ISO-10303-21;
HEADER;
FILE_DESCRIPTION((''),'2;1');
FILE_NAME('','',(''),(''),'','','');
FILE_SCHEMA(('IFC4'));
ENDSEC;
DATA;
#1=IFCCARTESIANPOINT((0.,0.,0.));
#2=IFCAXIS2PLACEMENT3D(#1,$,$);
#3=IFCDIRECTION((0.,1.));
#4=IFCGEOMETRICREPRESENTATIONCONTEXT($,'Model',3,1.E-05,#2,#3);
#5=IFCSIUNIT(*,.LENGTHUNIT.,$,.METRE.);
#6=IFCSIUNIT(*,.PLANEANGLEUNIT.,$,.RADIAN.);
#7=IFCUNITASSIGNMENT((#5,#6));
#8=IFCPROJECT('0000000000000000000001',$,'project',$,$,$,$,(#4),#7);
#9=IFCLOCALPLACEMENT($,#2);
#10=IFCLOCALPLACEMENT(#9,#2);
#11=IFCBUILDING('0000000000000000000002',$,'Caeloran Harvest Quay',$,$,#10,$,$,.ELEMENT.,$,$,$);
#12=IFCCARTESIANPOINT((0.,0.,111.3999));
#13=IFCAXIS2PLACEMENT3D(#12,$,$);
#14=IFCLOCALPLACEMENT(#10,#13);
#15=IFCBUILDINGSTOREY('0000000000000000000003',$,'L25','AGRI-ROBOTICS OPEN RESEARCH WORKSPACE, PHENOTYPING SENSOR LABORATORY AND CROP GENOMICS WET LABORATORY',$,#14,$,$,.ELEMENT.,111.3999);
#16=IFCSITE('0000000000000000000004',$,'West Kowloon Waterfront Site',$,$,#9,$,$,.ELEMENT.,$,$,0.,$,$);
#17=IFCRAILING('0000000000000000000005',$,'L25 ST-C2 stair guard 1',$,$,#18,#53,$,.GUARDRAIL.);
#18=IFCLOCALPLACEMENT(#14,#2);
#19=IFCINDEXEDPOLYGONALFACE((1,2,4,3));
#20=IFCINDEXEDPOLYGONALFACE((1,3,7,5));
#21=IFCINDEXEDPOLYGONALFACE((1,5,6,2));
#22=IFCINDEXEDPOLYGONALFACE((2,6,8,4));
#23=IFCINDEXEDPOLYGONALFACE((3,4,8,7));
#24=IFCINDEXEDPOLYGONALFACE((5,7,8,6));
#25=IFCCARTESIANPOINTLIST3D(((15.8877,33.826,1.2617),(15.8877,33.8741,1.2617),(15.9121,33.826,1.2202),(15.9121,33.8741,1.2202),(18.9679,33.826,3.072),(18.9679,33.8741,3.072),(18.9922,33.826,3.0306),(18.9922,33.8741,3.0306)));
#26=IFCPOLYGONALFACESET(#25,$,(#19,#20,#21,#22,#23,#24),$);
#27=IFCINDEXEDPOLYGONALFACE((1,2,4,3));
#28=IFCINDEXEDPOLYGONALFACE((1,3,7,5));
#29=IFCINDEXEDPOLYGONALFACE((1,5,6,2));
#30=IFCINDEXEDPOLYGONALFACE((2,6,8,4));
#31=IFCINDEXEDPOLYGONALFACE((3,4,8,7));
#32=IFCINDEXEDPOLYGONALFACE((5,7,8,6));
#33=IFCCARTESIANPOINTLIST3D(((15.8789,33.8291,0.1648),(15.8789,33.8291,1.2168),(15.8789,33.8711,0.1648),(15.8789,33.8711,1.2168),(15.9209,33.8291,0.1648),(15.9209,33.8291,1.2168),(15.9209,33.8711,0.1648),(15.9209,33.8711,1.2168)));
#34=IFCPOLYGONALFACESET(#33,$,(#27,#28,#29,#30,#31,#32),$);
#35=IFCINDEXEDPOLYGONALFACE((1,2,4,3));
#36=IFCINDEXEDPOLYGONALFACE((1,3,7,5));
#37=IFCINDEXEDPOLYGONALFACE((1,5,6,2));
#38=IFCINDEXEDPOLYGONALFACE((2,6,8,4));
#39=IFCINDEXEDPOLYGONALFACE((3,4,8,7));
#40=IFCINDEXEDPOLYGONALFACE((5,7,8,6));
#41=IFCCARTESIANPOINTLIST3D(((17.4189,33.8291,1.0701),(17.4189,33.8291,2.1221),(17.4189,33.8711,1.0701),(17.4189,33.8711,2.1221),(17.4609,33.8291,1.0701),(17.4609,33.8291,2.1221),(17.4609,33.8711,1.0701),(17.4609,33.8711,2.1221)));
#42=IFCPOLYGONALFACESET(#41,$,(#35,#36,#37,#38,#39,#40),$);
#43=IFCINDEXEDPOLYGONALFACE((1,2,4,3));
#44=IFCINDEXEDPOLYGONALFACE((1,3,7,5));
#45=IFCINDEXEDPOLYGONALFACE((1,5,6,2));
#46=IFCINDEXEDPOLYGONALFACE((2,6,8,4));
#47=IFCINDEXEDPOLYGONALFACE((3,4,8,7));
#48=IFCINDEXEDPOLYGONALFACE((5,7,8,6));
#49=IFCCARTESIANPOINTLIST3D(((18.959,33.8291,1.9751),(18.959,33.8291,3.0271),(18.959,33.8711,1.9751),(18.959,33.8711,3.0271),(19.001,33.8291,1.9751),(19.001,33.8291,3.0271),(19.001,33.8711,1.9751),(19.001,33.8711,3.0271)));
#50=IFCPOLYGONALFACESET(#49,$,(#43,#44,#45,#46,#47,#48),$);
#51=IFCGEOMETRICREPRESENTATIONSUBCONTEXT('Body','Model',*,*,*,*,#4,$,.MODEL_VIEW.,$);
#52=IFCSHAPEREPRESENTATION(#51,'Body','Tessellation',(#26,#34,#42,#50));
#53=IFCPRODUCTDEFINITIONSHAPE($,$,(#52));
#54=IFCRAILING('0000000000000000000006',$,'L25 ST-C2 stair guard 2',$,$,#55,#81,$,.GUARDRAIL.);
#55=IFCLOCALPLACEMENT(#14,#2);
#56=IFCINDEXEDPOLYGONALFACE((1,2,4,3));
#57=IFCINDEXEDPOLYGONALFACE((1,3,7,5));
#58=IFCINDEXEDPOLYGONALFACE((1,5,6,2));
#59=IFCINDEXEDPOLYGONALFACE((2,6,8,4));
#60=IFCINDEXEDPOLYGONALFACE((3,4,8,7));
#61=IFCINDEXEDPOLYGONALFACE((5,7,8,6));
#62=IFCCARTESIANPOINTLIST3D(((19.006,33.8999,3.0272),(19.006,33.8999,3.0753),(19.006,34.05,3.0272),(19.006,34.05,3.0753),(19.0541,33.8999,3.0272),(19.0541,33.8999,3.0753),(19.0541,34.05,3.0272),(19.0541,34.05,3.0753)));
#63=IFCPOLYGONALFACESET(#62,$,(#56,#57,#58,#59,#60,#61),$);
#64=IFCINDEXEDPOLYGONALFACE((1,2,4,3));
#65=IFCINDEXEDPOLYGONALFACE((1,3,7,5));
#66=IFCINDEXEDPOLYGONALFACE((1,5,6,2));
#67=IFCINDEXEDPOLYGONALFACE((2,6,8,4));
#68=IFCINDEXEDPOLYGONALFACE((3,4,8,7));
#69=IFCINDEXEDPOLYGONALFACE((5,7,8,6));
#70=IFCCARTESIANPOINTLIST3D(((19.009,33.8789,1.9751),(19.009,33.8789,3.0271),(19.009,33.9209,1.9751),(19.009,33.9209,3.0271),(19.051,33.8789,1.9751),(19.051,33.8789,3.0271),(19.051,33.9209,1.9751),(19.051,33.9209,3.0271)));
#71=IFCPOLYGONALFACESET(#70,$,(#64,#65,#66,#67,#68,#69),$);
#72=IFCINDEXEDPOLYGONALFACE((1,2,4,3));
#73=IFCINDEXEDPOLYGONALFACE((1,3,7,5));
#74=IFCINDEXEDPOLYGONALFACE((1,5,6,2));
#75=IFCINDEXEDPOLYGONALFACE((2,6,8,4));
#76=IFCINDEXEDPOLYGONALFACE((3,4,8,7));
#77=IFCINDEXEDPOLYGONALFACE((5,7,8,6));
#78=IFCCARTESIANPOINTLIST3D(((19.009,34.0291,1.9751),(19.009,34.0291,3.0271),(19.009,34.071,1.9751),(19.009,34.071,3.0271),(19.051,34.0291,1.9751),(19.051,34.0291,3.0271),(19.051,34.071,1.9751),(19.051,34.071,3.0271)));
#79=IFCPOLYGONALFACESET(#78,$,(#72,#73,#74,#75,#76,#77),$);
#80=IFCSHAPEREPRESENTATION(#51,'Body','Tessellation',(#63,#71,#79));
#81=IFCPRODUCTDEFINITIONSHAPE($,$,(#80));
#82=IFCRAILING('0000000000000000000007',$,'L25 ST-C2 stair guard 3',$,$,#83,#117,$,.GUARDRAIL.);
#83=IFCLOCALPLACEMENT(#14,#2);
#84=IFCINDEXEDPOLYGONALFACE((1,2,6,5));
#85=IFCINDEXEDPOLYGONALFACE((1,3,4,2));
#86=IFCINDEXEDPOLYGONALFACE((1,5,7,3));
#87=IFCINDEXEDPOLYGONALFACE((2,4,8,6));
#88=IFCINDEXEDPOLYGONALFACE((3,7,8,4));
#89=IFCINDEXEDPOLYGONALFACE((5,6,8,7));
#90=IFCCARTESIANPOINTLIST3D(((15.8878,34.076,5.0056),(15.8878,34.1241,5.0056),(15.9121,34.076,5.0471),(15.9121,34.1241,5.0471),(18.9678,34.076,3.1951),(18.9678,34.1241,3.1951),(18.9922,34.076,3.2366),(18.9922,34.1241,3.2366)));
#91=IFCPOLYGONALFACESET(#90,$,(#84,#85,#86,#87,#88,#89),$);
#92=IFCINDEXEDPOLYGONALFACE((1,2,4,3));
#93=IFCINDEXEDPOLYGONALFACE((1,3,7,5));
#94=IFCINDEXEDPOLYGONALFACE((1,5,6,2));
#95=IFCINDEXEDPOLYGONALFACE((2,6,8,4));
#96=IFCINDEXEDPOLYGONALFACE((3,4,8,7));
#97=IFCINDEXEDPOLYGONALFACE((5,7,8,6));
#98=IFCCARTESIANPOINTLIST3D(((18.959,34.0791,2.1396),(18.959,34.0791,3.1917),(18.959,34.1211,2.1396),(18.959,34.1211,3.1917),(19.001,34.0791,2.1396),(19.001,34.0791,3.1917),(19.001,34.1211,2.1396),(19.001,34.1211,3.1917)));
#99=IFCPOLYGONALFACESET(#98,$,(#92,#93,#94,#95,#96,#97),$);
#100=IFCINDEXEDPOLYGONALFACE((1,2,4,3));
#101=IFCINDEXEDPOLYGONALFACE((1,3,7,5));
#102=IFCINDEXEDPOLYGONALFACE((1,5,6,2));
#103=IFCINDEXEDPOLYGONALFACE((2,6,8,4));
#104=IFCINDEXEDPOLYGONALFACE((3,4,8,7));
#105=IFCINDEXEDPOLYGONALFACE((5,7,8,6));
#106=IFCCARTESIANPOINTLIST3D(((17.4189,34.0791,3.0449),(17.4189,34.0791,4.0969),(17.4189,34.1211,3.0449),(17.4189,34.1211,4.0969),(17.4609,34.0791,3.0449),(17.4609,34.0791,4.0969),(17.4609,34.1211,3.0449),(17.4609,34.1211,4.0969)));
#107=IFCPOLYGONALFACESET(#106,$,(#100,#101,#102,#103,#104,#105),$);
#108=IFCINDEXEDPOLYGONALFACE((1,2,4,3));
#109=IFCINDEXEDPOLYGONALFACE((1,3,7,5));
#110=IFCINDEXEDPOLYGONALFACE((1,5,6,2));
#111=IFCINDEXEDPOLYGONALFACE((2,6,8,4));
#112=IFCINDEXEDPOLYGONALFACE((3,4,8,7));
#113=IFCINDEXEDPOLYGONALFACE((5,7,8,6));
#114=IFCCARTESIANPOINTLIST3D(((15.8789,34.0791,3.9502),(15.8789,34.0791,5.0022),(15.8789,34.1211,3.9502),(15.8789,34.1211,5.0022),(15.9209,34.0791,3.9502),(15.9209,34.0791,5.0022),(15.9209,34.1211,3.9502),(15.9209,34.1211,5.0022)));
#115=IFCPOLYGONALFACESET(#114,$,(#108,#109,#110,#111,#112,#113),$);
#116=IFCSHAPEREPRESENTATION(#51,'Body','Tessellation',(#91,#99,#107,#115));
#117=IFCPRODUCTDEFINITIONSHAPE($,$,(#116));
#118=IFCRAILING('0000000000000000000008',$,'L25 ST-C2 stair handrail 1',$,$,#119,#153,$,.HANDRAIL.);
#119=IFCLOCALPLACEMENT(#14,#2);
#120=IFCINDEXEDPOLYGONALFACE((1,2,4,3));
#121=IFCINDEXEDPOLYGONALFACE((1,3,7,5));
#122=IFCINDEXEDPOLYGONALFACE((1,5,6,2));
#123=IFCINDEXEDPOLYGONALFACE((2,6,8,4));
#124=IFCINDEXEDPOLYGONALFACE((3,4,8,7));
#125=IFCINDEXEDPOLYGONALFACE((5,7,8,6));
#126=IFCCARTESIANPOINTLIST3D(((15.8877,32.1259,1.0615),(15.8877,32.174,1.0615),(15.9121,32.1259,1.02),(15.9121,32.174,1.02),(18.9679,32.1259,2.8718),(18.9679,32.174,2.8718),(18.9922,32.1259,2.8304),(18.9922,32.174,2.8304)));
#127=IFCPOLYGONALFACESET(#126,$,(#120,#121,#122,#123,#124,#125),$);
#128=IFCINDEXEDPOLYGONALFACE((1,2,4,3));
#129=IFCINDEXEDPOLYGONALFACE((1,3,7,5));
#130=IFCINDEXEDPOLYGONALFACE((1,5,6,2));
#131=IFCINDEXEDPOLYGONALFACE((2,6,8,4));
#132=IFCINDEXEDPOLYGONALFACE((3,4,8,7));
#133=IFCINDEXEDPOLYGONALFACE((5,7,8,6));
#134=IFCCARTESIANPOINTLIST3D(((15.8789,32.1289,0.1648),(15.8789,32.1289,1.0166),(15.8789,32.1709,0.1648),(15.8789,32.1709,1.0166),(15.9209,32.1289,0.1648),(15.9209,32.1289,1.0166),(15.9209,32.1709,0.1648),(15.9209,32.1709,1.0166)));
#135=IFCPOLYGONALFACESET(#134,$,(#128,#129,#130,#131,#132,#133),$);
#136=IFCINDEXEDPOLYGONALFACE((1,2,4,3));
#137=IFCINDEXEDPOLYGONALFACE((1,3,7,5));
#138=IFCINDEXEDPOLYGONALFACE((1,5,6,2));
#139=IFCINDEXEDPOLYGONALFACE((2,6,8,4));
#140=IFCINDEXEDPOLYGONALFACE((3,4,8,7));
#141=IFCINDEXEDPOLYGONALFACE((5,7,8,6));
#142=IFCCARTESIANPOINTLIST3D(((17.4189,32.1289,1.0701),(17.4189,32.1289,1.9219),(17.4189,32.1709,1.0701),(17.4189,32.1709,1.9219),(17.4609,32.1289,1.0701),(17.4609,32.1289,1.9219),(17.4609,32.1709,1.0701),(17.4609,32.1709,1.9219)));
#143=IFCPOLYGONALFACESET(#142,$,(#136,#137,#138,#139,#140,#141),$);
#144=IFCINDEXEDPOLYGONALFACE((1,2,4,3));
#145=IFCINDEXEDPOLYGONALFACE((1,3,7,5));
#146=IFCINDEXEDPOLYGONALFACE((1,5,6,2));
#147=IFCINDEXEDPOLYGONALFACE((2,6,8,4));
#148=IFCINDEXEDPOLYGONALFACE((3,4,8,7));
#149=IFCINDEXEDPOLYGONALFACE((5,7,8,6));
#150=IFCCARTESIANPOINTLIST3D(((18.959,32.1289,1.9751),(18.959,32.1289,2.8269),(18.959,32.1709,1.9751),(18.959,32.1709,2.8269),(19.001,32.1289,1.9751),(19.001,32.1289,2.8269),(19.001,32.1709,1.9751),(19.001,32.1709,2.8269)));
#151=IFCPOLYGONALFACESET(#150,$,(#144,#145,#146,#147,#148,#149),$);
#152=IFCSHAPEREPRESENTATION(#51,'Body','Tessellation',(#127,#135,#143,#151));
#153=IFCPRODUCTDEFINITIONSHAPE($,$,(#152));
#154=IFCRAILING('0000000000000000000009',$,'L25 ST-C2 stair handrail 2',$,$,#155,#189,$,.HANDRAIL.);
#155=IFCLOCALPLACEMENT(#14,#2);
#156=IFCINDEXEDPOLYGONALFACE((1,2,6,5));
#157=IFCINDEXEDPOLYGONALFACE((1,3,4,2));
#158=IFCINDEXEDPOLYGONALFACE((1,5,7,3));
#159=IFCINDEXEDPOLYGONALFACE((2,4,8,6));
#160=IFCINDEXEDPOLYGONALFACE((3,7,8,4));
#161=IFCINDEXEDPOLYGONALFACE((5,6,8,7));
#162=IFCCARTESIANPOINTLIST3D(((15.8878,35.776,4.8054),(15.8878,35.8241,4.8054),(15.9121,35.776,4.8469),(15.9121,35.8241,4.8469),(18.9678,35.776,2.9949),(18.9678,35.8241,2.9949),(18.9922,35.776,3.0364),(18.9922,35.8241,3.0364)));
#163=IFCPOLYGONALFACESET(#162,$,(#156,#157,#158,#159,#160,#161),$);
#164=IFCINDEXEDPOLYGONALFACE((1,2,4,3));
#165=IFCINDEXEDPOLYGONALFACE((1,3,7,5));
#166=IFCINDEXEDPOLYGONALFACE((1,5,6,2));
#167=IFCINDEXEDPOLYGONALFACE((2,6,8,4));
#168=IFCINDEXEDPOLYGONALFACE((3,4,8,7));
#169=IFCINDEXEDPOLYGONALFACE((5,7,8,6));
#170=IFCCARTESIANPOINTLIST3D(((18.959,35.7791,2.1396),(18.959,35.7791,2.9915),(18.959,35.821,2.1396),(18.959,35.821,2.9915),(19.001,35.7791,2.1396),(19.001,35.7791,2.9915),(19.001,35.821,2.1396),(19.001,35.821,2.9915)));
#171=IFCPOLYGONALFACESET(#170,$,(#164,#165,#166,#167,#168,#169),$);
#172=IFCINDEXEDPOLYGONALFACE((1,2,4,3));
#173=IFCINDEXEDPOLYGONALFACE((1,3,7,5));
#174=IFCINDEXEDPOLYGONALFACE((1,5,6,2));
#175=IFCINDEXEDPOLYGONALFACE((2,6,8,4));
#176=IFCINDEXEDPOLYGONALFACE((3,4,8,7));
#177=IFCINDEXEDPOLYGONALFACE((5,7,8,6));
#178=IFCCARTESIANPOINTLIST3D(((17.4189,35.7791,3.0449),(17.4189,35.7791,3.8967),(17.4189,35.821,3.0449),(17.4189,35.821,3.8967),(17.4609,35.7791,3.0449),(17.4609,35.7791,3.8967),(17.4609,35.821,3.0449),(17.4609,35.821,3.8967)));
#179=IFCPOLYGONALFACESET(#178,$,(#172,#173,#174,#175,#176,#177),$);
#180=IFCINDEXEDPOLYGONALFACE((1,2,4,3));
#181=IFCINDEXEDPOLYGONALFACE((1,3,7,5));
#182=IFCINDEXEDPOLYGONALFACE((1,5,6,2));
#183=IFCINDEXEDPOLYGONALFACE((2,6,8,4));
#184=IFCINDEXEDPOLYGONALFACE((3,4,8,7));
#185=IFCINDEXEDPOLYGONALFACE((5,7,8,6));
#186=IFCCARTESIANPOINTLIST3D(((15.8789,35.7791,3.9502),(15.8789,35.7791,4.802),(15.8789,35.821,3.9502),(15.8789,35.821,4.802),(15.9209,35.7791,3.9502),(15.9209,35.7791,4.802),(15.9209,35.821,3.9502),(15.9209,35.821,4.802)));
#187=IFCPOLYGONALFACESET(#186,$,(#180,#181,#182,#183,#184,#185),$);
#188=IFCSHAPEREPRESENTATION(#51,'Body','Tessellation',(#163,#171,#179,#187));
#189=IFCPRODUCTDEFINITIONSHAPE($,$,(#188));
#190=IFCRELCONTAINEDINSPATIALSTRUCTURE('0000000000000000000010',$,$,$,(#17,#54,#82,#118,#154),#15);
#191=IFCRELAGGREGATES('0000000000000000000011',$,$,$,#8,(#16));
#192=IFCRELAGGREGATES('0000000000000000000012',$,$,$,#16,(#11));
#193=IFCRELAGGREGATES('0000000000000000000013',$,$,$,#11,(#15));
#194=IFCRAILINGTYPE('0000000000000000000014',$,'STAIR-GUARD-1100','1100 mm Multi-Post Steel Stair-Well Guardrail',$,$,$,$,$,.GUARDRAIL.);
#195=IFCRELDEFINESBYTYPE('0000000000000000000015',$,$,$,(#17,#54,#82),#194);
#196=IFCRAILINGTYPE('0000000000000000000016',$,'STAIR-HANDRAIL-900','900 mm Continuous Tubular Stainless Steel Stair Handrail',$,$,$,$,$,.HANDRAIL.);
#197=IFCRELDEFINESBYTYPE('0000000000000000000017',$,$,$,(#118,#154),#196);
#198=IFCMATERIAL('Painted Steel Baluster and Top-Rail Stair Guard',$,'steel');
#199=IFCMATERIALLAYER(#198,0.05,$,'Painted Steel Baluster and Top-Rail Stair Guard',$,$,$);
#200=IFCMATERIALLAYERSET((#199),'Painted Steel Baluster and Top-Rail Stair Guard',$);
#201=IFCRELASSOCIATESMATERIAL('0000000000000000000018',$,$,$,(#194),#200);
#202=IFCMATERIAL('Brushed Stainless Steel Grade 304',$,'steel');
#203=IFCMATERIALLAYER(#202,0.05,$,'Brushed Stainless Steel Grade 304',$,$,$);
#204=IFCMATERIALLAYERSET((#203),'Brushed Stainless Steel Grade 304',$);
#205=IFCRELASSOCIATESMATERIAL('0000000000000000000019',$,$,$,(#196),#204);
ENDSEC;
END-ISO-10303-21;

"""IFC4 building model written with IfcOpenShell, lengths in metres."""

from ifc_helpers import new_model, si_unit, direction, frame, origin, origin_2d, place, context, subcontext, project, spatial, rectangle, extrude, material, layer, layer_set, type_object, element, save


model = new_model("IFC4")

# Units and contexts
model_context = context("Model", 3, precision=1e-05, world=origin(), true_north=direction((0.0, 1.0)))
body_context = subcontext(model_context, "Body", "Model", "MODEL_VIEW")
ifc_project = project(units=[si_unit("LENGTHUNIT", "METRE"), si_unit("PLANEANGLEUNIT", "RADIAN")], contexts=[model_context])

# Site, building, storey
site_placement = place(None, origin())
site = spatial("IfcSite", under=ifc_project, at=site_placement, Name="West Kowloon Waterfront Site", CompositionType="ELEMENT", RefElevation=0.0)
building_placement = place(site_placement, origin())
building = spatial("IfcBuilding", under=site, at=building_placement, Name="Caeloran Harvest Quay", CompositionType="ELEMENT")
storey_placement = place(building_placement, frame((0.0, 0.0, 111.3999)))
storey = spatial("IfcBuildingStorey", under=building, at=storey_placement, Name="L25", Description="AGRI-ROBOTICS OPEN RESEARCH WORKSPACE, PHENOTYPING SENSOR LABORATORY AND CROP GENOMICS WET LABORATORY", CompositionType="ELEMENT", Elevation=111.3999)

# Railings
ifc_material_1 = material(Name="Painted Steel Baluster and Top-Rail Stair Guard", Category="steel")
ifc_layer_1 = layer(ifc_material_1, 0.05, Name="Painted Steel Baluster and Top-Rail Stair Guard")
ifc_layer_set_1 = layer_set([ifc_layer_1], Name="Painted Steel Baluster and Top-Rail Stair Guard")
railing_type_1 = type_object("IfcRailingType", Name="STAIR-GUARD-1100", Description="1100 mm Multi-Post Steel Stair-Well Guardrail", PredefinedType="GUARDRAIL", material=ifc_layer_set_1)
railing_1_placement = place(storey_placement, frame((15.8999, 33.8501, 0.1648)))
element("IfcRailing", 1, at=railing_1_placement, inside=storey, type_object=railing_type_1, Name="L25 ST-C2 stair guard 1", PredefinedType="GUARDRAIL", context=body_context, shape_type="SweptSolid", body=[
    extrude(rectangle(XDim=0.0481, YDim=0.0481, at=origin_2d()), frame((0.0, 0.0, 1.0762), z_axis=(0.862119, 0.0, 0.506707), x_axis=(0.0, 1.0, 0.0)), (0.0, 0.0, 1.0), 3.5728),
    extrude(rectangle(XDim=0.042, YDim=0.042, at=origin_2d()), origin(), (0.0, 0.0, 1.0), 1.052),
    extrude(rectangle(XDim=0.042, YDim=0.042, at=origin_2d()), frame((1.54, 0.0, 0.9053)), (0.0, 0.0, 1.0), 1.052),
    extrude(rectangle(XDim=0.042, YDim=0.042, at=origin_2d()), frame((3.0801, 0.0, 1.8103)), (0.0, 0.0, 1.0), 1.052),
])
railing_2_placement = place(storey_placement, frame((19.03, 33.8999, 1.9751)))
element("IfcRailing", 2, at=railing_2_placement, inside=storey, type_object=railing_type_1, Name="L25 ST-C2 stair guard 2", PredefinedType="GUARDRAIL", context=body_context, shape_type="SweptSolid", body=[
    extrude(rectangle(XDim=0.0481, YDim=0.0481, at=origin_2d()), frame((0.0, 0.0, 1.0762), z_axis=(0.0, 1.0, 0.0), x_axis=(-1.0, 0.0, 0.0)), (0.0, 0.0, 1.0), 0.1501),
    extrude(rectangle(XDim=0.042, YDim=0.042, at=origin_2d()), origin(), (0.0, 0.0, 1.0), 1.052),
    extrude(rectangle(XDim=0.042, YDim=0.042, at=origin_2d()), frame((0.0, 0.1501, 0.0)), (0.0, 0.0, 1.0), 1.052),
])
railing_3_placement = place(storey_placement, frame((18.98, 34.1001, 2.1396)))
element("IfcRailing", 3, at=railing_3_placement, inside=storey, type_object=railing_type_1, Name="L25 ST-C2 stair guard 3", PredefinedType="GUARDRAIL", context=body_context, shape_type="SweptSolid", body=[
    extrude(rectangle(XDim=0.0481, YDim=0.0481, at=origin_2d()), frame((0.0, 0.0, 1.0762), z_axis=(-0.862089, 0.0, 0.506757), x_axis=(0.0, -1.0, 0.0)), (0.0, 0.0, 1.0), 3.5728),
    extrude(rectangle(XDim=0.042, YDim=0.042, at=origin_2d()), origin(), (0.0, 0.0, 1.0), 1.052),
    extrude(rectangle(XDim=0.042, YDim=0.042, at=origin_2d()), frame((-1.54, 0.0, 0.9053)), (0.0, 0.0, 1.0), 1.052),
    extrude(rectangle(XDim=0.042, YDim=0.042, at=origin_2d()), frame((-3.0801, 0.0, 1.8105)), (0.0, 0.0, 1.0), 1.052),
])
ifc_material_2 = material(Name="Brushed Stainless Steel Grade 304", Category="steel")
ifc_layer_2 = layer(ifc_material_2, 0.05, Name="Brushed Stainless Steel Grade 304")
ifc_layer_set_2 = layer_set([ifc_layer_2], Name="Brushed Stainless Steel Grade 304")
railing_type_2 = type_object("IfcRailingType", Name="STAIR-HANDRAIL-900", Description="900 mm Continuous Tubular Stainless Steel Stair Handrail", PredefinedType="HANDRAIL", material=ifc_layer_set_2)
railing_4_placement = place(storey_placement, frame((15.8999, 32.1499, 0.1648)))
element("IfcRailing", 4, at=railing_4_placement, inside=storey, type_object=railing_type_2, Name="L25 ST-C2 stair handrail 1", PredefinedType="HANDRAIL", context=body_context, shape_type="SweptSolid", body=[
    extrude(rectangle(XDim=0.0481, YDim=0.0481, at=origin_2d()), frame((0.0, 0.0, 0.876), z_axis=(0.862119, 0.0, 0.506707), x_axis=(0.0, 1.0, 0.0)), (0.0, 0.0, 1.0), 3.5728),
    extrude(rectangle(XDim=0.042, YDim=0.042, at=origin_2d()), origin(), (0.0, 0.0, 1.0), 0.8518),
    extrude(rectangle(XDim=0.042, YDim=0.042, at=origin_2d()), frame((1.54, 0.0, 0.9053)), (0.0, 0.0, 1.0), 0.8518),
    extrude(rectangle(XDim=0.042, YDim=0.042, at=origin_2d()), frame((3.0801, 0.0, 1.8103)), (0.0, 0.0, 1.0), 0.8518),
])
railing_5_placement = place(storey_placement, frame((18.98, 35.8, 2.1396)))
element("IfcRailing", 5, at=railing_5_placement, inside=storey, type_object=railing_type_2, Name="L25 ST-C2 stair handrail 2", PredefinedType="HANDRAIL", context=body_context, shape_type="SweptSolid", body=[
    extrude(rectangle(XDim=0.0481, YDim=0.0481, at=origin_2d()), frame((0.0, 0.0, 0.876), z_axis=(-0.862089, 0.0, 0.506757), x_axis=(0.0, -1.0, 0.0)), (0.0, 0.0, 1.0), 3.5728),
    extrude(rectangle(XDim=0.042, YDim=0.042, at=origin_2d()), origin(), (0.0, 0.0, 1.0), 0.8518),
    extrude(rectangle(XDim=0.042, YDim=0.042, at=origin_2d()), frame((-1.54, 0.0, 0.9053)), (0.0, 0.0, 1.0), 0.8518),
    extrude(rectangle(XDim=0.042, YDim=0.042, at=origin_2d()), frame((-3.0801, 0.0, 1.8105)), (0.0, 0.0, 1.0), 0.8518),
])

save(model, "model.ifc")
